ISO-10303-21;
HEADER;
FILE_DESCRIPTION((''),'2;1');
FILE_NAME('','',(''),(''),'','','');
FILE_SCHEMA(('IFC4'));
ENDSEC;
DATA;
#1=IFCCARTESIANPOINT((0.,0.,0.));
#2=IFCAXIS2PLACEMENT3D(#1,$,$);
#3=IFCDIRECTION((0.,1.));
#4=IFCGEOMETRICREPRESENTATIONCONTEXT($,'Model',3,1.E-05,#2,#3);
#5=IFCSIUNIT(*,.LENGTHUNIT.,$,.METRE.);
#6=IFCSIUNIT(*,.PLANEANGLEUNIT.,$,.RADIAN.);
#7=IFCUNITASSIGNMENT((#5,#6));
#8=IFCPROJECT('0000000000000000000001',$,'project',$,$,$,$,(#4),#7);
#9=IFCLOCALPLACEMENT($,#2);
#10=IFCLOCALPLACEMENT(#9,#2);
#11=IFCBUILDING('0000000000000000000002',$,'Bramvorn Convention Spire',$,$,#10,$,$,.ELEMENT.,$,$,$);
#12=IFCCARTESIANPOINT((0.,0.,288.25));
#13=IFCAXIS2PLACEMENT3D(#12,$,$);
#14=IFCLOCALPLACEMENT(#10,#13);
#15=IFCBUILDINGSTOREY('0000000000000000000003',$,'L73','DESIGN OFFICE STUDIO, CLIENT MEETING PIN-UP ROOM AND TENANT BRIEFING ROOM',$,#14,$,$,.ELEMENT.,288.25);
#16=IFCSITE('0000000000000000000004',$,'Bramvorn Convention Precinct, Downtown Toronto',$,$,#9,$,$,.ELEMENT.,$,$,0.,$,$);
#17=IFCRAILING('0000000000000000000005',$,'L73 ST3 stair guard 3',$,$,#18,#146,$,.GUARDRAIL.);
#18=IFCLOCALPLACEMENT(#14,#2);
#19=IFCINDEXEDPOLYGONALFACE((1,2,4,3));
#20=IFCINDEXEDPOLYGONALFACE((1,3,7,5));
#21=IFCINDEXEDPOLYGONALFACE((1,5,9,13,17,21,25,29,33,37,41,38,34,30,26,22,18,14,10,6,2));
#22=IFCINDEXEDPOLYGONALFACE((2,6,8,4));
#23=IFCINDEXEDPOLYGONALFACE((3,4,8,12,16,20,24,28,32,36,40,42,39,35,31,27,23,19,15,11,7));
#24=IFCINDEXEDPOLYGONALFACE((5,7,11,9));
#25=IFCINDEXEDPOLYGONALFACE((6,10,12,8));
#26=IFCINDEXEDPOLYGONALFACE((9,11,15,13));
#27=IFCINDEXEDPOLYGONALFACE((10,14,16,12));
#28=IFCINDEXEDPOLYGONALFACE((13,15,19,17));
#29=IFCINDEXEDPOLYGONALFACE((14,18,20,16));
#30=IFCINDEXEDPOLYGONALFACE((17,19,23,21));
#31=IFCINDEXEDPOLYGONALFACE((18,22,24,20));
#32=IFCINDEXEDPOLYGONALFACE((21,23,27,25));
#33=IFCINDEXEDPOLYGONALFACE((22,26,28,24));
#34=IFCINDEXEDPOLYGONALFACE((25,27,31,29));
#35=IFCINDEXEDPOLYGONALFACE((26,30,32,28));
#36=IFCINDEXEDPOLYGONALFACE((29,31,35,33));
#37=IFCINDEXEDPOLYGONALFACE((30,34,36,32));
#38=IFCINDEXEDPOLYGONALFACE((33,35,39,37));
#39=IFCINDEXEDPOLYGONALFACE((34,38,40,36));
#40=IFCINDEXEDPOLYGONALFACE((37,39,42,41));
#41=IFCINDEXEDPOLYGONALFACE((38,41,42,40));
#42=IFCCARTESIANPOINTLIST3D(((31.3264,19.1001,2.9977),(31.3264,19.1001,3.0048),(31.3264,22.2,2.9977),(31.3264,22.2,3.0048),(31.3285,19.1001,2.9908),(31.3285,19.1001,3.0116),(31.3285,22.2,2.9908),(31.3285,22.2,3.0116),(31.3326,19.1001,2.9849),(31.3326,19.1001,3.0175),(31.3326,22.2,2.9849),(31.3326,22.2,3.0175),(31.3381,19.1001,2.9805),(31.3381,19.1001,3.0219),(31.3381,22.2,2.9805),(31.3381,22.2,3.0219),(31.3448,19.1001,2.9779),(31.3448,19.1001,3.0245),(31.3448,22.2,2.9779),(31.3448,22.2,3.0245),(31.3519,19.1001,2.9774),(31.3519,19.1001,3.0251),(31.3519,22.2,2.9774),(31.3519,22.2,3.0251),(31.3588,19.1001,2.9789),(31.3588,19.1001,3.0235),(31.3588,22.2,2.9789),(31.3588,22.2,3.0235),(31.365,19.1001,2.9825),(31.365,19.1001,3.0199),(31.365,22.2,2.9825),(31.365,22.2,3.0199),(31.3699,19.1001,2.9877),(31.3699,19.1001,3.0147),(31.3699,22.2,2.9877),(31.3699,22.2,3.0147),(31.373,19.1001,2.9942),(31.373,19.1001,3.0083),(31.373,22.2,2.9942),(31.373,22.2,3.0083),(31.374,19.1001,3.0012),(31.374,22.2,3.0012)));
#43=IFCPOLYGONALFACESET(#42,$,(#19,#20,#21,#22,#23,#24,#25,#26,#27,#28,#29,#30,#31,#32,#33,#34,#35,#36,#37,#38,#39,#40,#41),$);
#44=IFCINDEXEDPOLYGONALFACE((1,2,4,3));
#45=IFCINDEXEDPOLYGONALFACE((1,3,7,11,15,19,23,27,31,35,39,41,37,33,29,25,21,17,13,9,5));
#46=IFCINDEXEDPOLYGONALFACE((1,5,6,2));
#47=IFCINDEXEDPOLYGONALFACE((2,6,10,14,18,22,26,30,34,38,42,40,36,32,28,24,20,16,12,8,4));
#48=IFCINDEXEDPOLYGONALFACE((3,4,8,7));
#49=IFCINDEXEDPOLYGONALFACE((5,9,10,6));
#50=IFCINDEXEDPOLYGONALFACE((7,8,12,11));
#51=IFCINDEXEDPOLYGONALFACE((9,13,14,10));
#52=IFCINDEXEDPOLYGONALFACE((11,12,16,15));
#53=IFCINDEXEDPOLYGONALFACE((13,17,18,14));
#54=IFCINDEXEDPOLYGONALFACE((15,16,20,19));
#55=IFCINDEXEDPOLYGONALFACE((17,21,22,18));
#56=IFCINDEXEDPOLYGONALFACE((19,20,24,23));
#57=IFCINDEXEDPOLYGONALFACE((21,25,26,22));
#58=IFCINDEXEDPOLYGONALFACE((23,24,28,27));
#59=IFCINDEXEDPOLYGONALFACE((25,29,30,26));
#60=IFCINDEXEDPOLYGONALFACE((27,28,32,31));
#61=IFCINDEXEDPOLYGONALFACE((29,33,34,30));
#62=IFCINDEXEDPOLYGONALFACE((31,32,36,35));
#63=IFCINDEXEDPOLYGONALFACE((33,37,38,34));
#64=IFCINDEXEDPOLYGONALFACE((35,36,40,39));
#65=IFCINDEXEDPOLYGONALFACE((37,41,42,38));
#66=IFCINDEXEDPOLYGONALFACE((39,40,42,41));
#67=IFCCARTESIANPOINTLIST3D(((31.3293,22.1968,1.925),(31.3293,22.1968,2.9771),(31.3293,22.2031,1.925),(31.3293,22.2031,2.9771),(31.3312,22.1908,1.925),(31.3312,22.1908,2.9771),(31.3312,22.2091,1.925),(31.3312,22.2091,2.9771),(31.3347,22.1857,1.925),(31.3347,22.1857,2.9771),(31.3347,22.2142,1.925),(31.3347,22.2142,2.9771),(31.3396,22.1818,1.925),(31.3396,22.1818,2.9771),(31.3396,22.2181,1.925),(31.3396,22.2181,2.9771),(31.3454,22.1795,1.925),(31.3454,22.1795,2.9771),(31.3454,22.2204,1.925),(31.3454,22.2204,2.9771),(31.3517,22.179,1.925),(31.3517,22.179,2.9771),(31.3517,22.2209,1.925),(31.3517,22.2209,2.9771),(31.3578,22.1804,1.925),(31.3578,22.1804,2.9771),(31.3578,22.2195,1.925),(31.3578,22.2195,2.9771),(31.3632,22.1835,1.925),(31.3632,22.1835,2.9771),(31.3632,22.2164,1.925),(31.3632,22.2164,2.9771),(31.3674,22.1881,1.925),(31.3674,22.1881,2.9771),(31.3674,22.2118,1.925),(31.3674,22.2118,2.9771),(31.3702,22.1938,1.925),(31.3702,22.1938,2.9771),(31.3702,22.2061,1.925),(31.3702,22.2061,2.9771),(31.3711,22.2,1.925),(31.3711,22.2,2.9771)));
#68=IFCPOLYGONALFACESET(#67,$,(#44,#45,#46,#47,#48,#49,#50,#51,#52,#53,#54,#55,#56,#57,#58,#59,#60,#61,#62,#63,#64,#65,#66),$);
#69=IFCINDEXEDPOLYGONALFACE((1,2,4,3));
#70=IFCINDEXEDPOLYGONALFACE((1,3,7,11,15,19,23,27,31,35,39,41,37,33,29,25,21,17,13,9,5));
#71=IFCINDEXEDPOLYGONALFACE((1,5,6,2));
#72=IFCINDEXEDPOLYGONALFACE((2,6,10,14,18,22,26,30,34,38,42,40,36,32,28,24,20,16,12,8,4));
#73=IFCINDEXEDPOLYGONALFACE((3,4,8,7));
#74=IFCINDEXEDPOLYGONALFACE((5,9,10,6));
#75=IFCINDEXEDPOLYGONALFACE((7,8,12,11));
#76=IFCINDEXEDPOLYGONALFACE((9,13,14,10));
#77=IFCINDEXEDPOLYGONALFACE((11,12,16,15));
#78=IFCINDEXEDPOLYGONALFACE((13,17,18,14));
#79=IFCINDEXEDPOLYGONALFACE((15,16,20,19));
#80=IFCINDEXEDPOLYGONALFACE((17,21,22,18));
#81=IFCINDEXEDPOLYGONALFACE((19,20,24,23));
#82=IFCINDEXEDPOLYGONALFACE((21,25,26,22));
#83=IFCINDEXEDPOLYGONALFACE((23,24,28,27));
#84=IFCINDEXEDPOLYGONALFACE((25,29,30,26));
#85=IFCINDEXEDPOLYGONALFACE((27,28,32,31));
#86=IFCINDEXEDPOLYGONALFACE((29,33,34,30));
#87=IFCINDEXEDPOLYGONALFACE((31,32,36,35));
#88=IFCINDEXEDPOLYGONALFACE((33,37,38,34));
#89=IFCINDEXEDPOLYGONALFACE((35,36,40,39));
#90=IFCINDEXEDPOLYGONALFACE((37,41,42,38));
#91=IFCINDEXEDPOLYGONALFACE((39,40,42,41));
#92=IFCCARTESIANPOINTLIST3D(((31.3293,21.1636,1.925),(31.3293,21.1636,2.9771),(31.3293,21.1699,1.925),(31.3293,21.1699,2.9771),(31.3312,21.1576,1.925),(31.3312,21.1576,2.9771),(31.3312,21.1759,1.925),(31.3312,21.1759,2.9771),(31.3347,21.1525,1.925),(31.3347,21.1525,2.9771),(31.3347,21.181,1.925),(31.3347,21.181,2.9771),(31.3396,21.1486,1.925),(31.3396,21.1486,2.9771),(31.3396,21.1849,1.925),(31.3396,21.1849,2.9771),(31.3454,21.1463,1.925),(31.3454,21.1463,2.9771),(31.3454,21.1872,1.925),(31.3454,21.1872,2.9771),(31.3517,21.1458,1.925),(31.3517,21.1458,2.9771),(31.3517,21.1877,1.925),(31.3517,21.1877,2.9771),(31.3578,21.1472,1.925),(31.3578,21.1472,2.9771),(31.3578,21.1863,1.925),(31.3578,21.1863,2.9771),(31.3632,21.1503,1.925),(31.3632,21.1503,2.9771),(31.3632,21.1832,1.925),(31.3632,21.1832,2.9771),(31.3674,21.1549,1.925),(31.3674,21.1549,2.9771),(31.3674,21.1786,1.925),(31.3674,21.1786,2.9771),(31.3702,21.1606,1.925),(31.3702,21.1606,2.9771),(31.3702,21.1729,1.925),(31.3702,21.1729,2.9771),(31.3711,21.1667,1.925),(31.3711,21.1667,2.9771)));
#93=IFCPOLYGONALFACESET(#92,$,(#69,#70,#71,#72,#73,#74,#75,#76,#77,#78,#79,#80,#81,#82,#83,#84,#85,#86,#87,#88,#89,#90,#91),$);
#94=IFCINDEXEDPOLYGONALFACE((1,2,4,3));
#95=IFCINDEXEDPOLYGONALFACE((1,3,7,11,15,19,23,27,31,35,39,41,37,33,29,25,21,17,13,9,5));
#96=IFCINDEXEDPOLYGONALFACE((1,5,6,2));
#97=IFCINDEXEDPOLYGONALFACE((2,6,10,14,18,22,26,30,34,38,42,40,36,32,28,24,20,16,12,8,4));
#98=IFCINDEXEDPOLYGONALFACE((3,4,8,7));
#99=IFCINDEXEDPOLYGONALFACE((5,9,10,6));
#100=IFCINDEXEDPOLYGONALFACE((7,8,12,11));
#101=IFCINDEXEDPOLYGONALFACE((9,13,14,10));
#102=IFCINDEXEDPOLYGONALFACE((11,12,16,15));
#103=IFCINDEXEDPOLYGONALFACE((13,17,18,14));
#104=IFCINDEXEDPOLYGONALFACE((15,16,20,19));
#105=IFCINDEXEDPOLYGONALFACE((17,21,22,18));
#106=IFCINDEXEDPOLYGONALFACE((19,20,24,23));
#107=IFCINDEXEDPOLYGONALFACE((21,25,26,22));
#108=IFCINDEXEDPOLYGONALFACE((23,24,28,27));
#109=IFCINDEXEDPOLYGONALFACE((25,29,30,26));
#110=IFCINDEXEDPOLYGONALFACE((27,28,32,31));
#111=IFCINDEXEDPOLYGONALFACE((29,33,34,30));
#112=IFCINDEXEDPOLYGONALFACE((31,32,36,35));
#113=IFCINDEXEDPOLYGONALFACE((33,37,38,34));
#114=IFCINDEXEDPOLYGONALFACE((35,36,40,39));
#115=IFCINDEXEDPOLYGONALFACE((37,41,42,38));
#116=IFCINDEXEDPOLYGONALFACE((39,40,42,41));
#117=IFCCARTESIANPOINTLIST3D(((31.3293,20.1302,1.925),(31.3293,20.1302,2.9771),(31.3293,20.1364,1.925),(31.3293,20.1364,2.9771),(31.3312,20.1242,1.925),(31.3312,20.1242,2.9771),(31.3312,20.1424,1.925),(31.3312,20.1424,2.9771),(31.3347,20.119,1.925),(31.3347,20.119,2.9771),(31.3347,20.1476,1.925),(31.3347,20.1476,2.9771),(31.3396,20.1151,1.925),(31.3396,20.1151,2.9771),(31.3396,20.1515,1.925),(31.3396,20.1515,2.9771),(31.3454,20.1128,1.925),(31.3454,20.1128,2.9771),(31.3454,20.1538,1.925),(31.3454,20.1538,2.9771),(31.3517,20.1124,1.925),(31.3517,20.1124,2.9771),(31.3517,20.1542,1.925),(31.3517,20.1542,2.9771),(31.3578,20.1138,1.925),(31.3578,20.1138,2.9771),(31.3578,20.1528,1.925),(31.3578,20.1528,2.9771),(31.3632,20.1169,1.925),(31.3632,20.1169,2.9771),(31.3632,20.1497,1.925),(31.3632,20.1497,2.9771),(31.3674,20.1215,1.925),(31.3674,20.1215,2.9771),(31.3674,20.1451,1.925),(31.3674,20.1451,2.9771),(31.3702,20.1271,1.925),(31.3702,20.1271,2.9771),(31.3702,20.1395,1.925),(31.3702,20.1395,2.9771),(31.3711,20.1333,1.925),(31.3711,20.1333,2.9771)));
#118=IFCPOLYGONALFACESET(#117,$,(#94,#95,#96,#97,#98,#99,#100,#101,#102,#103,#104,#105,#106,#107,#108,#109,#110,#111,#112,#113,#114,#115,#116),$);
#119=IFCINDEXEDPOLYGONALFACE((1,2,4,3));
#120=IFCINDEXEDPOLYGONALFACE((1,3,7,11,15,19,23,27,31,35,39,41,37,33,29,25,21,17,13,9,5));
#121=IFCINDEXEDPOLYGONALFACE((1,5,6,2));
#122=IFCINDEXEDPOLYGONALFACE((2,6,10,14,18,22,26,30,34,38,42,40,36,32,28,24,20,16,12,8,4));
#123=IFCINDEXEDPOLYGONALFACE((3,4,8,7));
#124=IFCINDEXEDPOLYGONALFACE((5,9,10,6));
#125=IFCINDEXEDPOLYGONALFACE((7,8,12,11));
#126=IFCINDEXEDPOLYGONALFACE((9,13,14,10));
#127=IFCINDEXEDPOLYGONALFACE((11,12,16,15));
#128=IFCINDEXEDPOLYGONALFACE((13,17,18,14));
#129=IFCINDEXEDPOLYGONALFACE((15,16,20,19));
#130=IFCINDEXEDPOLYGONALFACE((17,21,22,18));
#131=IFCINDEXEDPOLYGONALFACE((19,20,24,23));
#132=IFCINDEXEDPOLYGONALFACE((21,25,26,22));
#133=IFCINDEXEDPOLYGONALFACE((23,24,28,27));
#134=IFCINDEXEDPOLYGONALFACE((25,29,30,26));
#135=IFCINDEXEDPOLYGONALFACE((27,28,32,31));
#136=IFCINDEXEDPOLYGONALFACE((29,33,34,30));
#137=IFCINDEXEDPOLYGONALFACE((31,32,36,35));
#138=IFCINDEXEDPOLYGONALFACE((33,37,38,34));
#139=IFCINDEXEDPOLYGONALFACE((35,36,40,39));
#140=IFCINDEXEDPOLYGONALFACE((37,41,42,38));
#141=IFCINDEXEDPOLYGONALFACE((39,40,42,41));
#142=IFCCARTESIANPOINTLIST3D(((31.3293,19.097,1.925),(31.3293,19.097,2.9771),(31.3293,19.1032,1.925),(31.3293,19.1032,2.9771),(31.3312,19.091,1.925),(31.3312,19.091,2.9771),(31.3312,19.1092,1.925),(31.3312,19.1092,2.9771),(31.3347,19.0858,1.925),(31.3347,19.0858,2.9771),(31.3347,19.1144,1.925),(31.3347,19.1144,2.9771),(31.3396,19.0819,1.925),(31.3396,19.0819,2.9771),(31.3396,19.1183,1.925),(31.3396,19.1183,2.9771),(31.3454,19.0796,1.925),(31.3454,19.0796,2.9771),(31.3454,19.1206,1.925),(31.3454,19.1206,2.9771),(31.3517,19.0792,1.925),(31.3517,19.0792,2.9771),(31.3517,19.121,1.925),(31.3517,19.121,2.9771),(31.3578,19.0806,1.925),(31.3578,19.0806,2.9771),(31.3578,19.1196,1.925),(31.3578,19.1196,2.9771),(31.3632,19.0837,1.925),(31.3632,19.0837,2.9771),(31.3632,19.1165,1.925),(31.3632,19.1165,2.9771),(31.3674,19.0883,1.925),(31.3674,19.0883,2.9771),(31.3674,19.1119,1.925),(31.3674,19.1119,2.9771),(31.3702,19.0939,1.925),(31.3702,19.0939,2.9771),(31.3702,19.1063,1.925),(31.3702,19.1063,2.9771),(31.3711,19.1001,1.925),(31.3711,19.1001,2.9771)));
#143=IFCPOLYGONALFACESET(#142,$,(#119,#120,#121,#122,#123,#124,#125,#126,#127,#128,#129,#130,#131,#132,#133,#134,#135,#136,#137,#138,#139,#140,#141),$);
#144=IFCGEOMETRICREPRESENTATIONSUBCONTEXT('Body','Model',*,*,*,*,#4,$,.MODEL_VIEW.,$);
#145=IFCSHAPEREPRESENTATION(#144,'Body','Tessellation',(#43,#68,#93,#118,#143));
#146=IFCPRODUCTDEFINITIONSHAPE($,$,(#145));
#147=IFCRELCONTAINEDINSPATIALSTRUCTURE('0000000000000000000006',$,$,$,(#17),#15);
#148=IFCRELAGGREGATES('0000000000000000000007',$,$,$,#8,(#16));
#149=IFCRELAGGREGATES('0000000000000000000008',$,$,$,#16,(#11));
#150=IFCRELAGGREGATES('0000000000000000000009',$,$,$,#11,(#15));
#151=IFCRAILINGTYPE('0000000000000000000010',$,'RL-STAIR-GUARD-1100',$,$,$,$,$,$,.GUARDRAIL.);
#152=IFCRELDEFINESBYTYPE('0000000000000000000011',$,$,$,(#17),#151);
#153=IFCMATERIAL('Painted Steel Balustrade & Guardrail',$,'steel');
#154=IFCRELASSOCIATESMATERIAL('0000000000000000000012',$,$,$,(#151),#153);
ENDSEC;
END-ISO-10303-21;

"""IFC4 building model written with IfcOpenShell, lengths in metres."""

from ifc_helpers import new_model, si_unit, direction, frame, origin, origin_2d, place, context, subcontext, project, spatial, circle, extrude, material, type_object, element, save


model = new_model("IFC4")

# Units and contexts
model_context = context("Model", 3, precision=1e-05, world=origin(), true_north=direction((0.0, 1.0)))
body_context = subcontext(model_context, "Body", "Model", "MODEL_VIEW")
ifc_project = project(units=[si_unit("LENGTHUNIT", "METRE"), si_unit("PLANEANGLEUNIT", "RADIAN")], contexts=[model_context])

# Site, building, storey
site_placement = place(None, origin())
site = spatial("IfcSite", under=ifc_project, at=site_placement, Name="Bramvorn Convention Precinct, Downtown Toronto", CompositionType="ELEMENT", RefElevation=0.0)
building_placement = place(site_placement, origin())
building = spatial("IfcBuilding", under=site, at=building_placement, Name="Bramvorn Convention Spire", CompositionType="ELEMENT")
storey_placement = place(building_placement, frame((0.0, 0.0, 288.25)))
storey = spatial("IfcBuildingStorey", under=building, at=storey_placement, Name="L73", Description="DESIGN OFFICE STUDIO, CLIENT MEETING PIN-UP ROOM AND TENANT BRIEFING ROOM", CompositionType="ELEMENT", Elevation=288.25)

# Railing
ifc_material_1 = material(Name="Painted Steel Balustrade & Guardrail", Category="steel")
railing_type_1 = type_object("IfcRailingType", Name="RL-STAIR-GUARD-1100", PredefinedType="GUARDRAIL", material=ifc_material_1)
for number, where, name in (
    (1, (31.3501, 22.2, 1.925), "L73 ST3 stair guard 3"),
):
    element("IfcRailing", number, at=place(storey_placement, frame(where)), inside=storey, type_object=railing_type_1, Name=name, PredefinedType="GUARDRAIL", context=body_context, shape_type="SweptSolid", body=[
        extrude(circle(Radius=0.0239, at=origin_2d()), frame((0.0, 0.0, 1.0762), z_axis=(0.0, -1.0, 0.0), x_axis=(1.0, 0.0, 0.0)), (0.0, 0.0, 1.0), 3.0999),
        extrude(circle(Radius=0.021, at=origin_2d()), origin(), (0.0, 0.0, 1.0), 1.052),
        extrude(circle(Radius=0.021, at=origin_2d()), frame((0.0, -1.0332, 0.0)), (0.0, 0.0, 1.0), 1.052),
        extrude(circle(Radius=0.021, at=origin_2d()), frame((0.0, -2.0667, 0.0)), (0.0, 0.0, 1.0), 1.052),
        extrude(circle(Radius=0.021, at=origin_2d()), frame((0.0, -3.0999, 0.0)), (0.0, 0.0, 1.0), 1.052),
    ])

save(model, "model.ifc")
